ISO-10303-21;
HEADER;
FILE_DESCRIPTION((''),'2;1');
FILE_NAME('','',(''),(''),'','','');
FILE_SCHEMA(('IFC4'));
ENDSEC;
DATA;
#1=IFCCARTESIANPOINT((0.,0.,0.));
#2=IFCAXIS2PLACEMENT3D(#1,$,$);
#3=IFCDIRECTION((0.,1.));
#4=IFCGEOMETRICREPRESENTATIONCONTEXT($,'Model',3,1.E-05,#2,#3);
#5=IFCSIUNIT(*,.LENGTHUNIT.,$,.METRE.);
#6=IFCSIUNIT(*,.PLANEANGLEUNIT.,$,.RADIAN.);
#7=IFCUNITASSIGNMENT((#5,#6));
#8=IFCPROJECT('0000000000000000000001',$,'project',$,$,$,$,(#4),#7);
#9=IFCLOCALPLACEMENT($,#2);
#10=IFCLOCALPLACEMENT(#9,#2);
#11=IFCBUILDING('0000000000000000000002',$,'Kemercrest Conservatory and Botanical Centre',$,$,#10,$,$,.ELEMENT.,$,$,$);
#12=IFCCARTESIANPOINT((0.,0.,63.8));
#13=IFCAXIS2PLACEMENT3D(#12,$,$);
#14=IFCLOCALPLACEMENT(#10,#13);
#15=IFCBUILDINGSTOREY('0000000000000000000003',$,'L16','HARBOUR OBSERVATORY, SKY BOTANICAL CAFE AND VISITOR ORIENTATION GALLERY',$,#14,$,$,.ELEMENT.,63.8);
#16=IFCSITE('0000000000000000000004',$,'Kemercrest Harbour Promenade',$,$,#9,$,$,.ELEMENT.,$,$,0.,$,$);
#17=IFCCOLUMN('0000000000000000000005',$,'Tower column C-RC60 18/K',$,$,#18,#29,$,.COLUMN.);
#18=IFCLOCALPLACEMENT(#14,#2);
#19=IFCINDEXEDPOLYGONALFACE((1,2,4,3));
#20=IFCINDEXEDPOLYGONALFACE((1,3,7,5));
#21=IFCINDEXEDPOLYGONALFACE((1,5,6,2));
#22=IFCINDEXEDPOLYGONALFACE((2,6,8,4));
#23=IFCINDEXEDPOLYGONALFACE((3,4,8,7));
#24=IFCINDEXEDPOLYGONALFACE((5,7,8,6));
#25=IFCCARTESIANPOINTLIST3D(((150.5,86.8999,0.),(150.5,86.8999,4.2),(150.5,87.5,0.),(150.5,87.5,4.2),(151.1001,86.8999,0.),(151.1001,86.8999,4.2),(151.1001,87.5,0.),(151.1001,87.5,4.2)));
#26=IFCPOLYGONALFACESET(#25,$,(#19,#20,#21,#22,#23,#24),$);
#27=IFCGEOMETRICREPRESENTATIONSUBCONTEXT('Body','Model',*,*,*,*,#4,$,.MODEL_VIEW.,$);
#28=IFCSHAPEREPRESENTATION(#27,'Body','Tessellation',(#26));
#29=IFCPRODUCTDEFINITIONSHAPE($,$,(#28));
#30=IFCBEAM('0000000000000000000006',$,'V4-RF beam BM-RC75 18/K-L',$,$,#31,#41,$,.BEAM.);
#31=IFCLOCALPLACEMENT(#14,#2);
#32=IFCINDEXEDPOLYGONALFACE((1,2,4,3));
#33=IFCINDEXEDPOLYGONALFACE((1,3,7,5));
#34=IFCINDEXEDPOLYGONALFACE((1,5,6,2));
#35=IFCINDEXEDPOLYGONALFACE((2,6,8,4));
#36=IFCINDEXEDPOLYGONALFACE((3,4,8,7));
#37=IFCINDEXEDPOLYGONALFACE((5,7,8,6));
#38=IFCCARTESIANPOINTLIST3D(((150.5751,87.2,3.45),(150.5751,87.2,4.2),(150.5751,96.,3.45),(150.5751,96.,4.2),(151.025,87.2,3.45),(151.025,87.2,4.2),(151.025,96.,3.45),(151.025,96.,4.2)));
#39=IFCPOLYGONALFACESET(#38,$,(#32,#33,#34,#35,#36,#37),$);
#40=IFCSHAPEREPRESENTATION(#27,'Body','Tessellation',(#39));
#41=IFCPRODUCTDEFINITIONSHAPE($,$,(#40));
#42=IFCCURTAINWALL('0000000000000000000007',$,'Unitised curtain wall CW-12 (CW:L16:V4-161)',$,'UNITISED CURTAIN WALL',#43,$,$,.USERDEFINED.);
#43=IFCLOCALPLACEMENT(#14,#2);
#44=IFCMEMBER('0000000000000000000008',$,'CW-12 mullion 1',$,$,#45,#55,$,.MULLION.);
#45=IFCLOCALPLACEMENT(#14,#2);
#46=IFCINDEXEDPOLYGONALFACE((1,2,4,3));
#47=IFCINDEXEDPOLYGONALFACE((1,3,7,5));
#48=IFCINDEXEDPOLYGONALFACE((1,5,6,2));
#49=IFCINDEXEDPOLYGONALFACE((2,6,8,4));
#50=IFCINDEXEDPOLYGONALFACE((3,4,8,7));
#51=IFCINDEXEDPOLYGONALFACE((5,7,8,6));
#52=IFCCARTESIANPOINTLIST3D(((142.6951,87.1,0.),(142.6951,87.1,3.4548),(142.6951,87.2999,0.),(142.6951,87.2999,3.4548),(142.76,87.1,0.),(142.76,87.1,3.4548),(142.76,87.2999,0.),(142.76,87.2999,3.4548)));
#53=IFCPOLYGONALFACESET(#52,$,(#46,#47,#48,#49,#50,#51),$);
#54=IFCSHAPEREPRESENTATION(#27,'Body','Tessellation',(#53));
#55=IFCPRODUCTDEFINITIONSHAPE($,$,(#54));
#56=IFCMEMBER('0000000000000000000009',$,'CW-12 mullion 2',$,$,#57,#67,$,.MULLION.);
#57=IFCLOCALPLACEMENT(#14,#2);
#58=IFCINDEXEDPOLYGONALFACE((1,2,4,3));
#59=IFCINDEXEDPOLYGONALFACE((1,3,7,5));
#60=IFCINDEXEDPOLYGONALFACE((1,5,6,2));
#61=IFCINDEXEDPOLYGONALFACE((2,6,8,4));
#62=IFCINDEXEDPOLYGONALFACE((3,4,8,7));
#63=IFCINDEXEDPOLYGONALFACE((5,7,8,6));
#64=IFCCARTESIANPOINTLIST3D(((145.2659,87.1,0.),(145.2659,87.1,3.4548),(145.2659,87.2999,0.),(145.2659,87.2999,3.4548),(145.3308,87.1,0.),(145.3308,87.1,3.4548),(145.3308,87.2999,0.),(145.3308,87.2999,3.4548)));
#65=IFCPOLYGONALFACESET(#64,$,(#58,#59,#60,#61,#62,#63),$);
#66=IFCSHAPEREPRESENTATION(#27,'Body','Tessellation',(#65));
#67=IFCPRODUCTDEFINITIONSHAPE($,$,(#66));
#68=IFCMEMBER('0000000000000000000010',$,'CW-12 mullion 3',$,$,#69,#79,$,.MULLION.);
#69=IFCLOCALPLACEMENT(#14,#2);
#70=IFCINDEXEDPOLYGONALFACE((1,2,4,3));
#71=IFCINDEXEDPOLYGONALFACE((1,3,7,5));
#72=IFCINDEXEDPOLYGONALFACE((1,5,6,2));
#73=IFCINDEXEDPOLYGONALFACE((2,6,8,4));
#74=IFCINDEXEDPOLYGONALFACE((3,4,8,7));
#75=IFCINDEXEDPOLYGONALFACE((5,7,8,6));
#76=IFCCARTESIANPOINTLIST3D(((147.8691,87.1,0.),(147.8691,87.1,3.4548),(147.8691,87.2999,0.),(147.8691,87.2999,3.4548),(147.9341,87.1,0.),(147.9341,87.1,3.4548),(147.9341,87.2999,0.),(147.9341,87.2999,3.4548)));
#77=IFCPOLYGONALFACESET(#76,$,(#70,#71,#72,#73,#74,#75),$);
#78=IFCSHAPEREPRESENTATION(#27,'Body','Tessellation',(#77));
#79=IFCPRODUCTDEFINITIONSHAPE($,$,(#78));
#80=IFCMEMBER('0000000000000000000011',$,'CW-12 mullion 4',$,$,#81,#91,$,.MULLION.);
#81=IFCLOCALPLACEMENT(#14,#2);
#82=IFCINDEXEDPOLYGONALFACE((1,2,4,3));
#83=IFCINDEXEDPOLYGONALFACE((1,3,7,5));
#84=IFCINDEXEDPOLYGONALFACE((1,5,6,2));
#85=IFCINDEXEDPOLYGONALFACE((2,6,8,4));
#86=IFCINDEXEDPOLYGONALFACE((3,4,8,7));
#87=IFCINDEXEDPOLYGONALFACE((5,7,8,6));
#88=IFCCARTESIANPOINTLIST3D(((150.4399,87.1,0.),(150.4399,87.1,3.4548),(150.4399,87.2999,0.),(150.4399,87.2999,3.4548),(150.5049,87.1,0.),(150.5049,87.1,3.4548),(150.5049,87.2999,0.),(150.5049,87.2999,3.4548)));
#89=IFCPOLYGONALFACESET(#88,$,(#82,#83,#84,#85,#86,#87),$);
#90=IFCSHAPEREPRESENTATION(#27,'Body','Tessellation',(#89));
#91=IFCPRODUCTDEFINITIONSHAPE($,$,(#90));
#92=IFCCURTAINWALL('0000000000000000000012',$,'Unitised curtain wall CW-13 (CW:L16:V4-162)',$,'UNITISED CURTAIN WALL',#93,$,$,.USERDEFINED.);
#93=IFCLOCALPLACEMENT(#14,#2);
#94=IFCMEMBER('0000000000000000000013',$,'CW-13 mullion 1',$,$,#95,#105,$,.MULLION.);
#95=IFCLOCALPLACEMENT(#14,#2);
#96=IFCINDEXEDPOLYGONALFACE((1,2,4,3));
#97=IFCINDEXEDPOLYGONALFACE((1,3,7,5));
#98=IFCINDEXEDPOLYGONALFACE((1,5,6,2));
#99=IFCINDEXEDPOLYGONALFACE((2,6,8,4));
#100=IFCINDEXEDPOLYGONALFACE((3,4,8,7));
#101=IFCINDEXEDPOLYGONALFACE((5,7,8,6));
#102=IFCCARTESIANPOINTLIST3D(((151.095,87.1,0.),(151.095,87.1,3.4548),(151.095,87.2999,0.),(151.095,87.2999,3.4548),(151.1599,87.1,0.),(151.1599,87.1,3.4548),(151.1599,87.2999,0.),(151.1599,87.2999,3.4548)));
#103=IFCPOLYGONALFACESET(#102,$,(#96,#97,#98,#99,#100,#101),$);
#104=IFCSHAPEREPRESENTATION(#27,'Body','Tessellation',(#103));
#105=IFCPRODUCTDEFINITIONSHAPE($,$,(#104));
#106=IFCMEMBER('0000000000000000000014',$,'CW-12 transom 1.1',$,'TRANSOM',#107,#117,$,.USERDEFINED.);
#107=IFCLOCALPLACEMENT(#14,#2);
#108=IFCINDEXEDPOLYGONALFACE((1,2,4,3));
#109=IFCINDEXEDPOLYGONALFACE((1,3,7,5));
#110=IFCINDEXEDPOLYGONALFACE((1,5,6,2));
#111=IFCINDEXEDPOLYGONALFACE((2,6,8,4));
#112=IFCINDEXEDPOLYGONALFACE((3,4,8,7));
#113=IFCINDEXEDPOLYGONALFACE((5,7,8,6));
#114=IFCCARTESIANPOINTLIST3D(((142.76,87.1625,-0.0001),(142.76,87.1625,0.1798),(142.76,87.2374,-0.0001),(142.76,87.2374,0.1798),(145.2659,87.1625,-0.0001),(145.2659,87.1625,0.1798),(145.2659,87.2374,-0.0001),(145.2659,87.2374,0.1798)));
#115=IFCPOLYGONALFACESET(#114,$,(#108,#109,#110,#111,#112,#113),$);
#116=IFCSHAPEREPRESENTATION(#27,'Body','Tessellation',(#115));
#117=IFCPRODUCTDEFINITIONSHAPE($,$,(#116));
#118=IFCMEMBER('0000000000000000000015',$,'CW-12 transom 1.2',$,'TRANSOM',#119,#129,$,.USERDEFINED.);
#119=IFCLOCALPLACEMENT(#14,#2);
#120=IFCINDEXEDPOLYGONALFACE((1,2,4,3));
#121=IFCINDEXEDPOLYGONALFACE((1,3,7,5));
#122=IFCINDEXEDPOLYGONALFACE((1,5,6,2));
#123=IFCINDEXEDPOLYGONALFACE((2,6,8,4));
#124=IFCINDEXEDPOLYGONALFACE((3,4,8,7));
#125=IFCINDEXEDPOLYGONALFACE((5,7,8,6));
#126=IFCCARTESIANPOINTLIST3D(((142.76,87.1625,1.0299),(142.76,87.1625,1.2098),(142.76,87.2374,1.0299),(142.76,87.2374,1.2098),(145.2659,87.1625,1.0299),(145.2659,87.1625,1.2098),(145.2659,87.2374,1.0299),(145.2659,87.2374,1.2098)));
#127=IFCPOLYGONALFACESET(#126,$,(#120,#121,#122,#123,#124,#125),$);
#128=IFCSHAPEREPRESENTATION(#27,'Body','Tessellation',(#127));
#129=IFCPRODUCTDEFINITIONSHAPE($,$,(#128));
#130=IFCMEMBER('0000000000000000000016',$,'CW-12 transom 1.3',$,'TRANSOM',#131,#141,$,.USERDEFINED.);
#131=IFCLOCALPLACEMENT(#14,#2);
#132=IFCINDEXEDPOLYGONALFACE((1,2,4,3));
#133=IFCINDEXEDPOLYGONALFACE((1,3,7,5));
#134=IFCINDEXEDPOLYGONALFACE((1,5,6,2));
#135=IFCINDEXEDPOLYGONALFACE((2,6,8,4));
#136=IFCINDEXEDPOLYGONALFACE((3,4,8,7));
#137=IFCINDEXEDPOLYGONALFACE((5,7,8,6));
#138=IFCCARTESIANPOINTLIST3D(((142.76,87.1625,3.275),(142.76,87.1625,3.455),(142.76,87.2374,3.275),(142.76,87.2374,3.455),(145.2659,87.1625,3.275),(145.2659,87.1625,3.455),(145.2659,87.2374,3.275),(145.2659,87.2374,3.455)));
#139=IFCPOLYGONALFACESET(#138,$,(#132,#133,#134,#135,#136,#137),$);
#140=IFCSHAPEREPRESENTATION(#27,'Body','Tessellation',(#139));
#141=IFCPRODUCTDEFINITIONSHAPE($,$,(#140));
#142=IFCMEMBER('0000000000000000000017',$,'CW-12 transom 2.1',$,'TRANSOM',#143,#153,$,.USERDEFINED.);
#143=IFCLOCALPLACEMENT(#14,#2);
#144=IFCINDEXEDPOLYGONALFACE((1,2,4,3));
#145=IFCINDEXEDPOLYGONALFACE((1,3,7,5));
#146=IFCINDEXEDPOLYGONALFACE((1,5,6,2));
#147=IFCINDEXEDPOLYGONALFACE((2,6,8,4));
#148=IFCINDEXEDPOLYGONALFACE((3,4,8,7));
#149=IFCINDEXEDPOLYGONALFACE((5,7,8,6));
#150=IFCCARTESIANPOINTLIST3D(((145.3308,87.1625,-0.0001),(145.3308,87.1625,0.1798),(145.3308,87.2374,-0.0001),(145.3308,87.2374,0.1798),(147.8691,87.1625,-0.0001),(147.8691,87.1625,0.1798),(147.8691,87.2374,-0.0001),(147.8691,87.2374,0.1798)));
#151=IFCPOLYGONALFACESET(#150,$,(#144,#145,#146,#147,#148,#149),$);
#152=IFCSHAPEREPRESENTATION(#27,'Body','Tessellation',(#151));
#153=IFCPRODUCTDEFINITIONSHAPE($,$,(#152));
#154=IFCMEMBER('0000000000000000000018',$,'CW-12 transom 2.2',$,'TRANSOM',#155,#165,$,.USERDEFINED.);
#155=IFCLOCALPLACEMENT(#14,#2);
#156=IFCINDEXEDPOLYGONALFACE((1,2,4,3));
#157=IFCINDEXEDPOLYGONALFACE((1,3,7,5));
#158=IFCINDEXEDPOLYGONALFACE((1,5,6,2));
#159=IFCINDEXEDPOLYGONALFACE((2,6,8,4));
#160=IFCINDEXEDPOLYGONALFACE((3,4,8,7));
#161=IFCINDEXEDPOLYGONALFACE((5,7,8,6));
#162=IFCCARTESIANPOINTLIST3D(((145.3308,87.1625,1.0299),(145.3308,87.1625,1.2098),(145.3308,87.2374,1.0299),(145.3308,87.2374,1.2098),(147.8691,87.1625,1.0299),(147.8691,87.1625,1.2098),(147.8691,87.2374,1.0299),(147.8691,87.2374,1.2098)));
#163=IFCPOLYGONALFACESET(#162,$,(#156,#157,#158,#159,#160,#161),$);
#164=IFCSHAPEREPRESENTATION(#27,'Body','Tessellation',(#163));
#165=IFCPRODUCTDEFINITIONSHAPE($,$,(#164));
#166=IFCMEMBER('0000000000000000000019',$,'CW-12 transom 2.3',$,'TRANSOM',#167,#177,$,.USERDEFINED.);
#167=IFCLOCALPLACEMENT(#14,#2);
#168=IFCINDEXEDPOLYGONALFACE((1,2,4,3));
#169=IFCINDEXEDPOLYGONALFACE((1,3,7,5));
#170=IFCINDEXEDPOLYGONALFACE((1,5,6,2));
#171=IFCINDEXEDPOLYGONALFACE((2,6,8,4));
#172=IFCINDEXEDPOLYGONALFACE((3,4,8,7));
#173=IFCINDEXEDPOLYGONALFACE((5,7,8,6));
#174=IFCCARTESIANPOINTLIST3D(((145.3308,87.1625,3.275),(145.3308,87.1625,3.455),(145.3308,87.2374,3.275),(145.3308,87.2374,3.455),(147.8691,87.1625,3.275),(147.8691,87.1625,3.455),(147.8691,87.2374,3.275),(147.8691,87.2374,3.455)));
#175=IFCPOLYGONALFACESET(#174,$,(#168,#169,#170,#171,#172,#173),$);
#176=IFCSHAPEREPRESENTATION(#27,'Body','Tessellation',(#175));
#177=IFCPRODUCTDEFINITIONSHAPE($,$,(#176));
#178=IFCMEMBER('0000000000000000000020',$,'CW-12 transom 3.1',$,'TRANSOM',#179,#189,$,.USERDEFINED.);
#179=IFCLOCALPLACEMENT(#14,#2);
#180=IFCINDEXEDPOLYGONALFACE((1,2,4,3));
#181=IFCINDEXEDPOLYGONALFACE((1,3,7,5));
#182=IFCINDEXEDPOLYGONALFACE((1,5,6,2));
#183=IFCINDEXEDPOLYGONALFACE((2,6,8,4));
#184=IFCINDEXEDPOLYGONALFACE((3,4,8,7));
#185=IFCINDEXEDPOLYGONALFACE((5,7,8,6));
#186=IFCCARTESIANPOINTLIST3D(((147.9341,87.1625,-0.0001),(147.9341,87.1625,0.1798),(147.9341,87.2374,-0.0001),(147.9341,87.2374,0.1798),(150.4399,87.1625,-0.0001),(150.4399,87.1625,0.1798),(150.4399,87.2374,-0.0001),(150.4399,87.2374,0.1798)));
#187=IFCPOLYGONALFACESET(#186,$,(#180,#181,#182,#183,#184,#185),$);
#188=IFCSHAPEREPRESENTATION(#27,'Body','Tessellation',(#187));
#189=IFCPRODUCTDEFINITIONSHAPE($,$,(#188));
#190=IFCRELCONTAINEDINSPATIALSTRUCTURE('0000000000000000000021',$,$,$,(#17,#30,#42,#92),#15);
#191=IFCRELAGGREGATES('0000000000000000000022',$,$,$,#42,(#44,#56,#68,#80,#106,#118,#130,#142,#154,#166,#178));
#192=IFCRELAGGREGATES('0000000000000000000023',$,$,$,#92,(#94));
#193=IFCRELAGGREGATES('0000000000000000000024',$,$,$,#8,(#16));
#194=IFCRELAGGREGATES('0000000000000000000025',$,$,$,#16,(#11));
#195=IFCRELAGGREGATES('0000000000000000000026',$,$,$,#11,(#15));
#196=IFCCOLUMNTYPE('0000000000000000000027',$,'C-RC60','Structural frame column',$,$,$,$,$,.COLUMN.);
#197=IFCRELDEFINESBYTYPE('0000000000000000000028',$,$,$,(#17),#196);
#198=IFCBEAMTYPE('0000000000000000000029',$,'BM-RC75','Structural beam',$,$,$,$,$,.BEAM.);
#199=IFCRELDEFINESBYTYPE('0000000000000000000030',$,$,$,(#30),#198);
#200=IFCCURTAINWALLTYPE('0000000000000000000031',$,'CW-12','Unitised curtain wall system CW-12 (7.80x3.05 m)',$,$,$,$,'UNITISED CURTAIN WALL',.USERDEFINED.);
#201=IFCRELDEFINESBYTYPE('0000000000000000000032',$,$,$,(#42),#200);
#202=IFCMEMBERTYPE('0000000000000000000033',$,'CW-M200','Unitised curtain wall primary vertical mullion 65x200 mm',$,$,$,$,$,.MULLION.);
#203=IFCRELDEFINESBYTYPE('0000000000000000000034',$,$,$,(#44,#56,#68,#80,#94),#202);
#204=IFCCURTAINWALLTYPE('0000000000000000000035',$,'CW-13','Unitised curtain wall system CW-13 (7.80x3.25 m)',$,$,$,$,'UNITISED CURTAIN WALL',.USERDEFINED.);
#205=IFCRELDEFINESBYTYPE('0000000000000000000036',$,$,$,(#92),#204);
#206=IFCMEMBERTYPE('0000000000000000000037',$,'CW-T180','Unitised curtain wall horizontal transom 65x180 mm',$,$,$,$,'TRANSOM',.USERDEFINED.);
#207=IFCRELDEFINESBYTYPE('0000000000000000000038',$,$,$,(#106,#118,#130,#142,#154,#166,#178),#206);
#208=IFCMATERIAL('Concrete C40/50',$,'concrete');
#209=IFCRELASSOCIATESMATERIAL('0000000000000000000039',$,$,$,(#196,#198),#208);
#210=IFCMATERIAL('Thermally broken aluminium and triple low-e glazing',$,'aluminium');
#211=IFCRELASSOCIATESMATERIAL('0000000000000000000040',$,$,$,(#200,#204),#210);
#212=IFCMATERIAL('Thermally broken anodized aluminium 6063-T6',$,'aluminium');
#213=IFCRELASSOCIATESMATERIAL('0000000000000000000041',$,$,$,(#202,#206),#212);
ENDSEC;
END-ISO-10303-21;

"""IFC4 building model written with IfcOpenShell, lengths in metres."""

from ifc_helpers import new_model, si_unit, direction, frame, origin, origin_2d, place, context, subcontext, project, spatial, rectangle, extrude, material, material_profile, profile_set, type_object, element, aggregate, save


model = new_model("IFC4")

# Units and contexts
model_context = context("Model", 3, precision=1e-05, world=origin(), true_north=direction((0.0, 1.0)))
body_context = subcontext(model_context, "Body", "Model", "MODEL_VIEW")
ifc_project = project(units=[si_unit("LENGTHUNIT", "METRE"), si_unit("PLANEANGLEUNIT", "RADIAN")], contexts=[model_context])

# Site, building, storey
site_placement = place(None, origin())
site = spatial("IfcSite", under=ifc_project, at=site_placement, Name="Kemercrest Harbour Promenade", CompositionType="ELEMENT", RefElevation=0.0)
building_placement = place(site_placement, origin())
building = spatial("IfcBuilding", under=site, at=building_placement, Name="Kemercrest Conservatory and Botanical Centre", CompositionType="ELEMENT")
storey_placement = place(building_placement, frame((0.0, 0.0, 63.8)))
storey = spatial("IfcBuildingStorey", under=building, at=storey_placement, Name="L16", Description="HARBOUR OBSERVATORY, SKY BOTANICAL CAFE AND VISITOR ORIENTATION GALLERY", CompositionType="ELEMENT", Elevation=63.8)

# Column
ifc_material_1 = material(Name="Concrete C40/50", Category="concrete")
ifc_material_profile_1 = material_profile(ifc_material_1, rectangle(XDim=0.6001, YDim=0.6001, at=origin_2d()), Name="RC 600x600")
ifc_profile_set_1 = profile_set([ifc_material_profile_1], Name="Concrete C40/50")
column_type = type_object("IfcColumnType", Name="C-RC60", Description="Structural frame column", PredefinedType="COLUMN", material=ifc_profile_set_1)
column_placement = place(storey_placement, frame((150.8, 87.2, 0.0), z_axis=(0.0, 0.0, 1.0), x_axis=(1.0, 0.0, 0.0)))
element("IfcColumn", 1, at=column_placement, inside=storey, type_object=column_type, Name="Tower column C-RC60 18/K", PredefinedType="COLUMN", context=body_context, shape_type="SweptSolid", body=[
    extrude(rectangle(XDim=0.6001, YDim=0.6001, at=origin_2d()), origin(), (0.0, 0.0, 1.0), 4.2),
])

# Beam
ifc_material_profile_2 = material_profile(ifc_material_1, rectangle(XDim=0.45, YDim=0.75, at=origin_2d()), Name="RC 450x750")
ifc_profile_set_2 = profile_set([ifc_material_profile_2], Name="Concrete C40/50")
beam_type_1 = type_object("IfcBeamType", Name="BM-RC75", Description="Structural beam", PredefinedType="BEAM", material=ifc_profile_set_2)
beam_1_placement = place(storey_placement, frame((150.8, 87.2, 3.825), z_axis=(0.0, 1.0, 0.0), x_axis=(-1.0, 0.0, 0.0)))
element("IfcBeam", 2, at=beam_1_placement, inside=storey, type_object=beam_type_1, Name="V4-RF beam BM-RC75 18/K-L", PredefinedType="BEAM", context=body_context, shape_type="SweptSolid", body=[
    extrude(rectangle(XDim=0.45, YDim=0.75, at=origin_2d()), origin(), (0.0, 0.0, 1.0), 8.8),
])

# Curtain wall, members
ifc_material_2 = material(Name="Thermally broken aluminium and triple low-e glazing", Category="aluminium")
curtain_wall_type_1 = type_object("IfcCurtainWallType", Name="CW-12", Description="Unitised curtain wall system CW-12 (7.80x3.05 m)", ElementType="UNITISED CURTAIN WALL", PredefinedType="USERDEFINED", material=ifc_material_2)
curtain_wall_1_placement = place(storey_placement, origin())
curtain_wall_1 = element("IfcCurtainWall", 3, at=curtain_wall_1_placement, inside=storey, type_object=curtain_wall_type_1, Name="Unitised curtain wall CW-12 (CW:L16:V4-161)", ObjectType="UNITISED CURTAIN WALL", PredefinedType="USERDEFINED")
ifc_material_3 = material(Name="Thermally broken anodized aluminium 6063-T6", Category="aluminium")
ifc_material_profile_3 = material_profile(ifc_material_3, rectangle(XDim=0.2, YDim=0.0649, at=origin_2d()), Name="AL MULLION 65x200")
ifc_profile_set_3 = profile_set([ifc_material_profile_3], Name="Thermally broken anodized aluminium 6063-T6")
member_type_1 = type_object("IfcMemberType", Name="CW-M200", Description="Unitised curtain wall primary vertical mullion 65x200 mm", PredefinedType="MULLION", material=ifc_profile_set_3)
member_1_placement = place(storey_placement, frame((142.7275, 87.2, 0.0), z_axis=(0.0, 0.0, 1.0), x_axis=(0.0, 1.0, 0.0)))
member_1 = element("IfcMember", 4, at=member_1_placement, type_object=member_type_1, Name="CW-12 mullion 1", PredefinedType="MULLION", context=body_context, shape_type="SweptSolid", body=[
    extrude(rectangle(XDim=0.2, YDim=0.0649, at=origin_2d()), origin(), (0.0, 0.0, 1.0), 3.4548),
])
member_2_placement = place(storey_placement, frame((145.2983, 87.2, 0.0), z_axis=(0.0, 0.0, 1.0), x_axis=(0.0, 1.0, 0.0)))
member_2 = element("IfcMember", 5, at=member_2_placement, type_object=member_type_1, Name="CW-12 mullion 2", PredefinedType="MULLION", context=body_context, shape_type="SweptSolid", body=[
    extrude(rectangle(XDim=0.2, YDim=0.0649, at=origin_2d()), origin(), (0.0, 0.0, 1.0), 3.4548),
])
member_3_placement = place(storey_placement, frame((147.9016, 87.2, 0.0), z_axis=(0.0, 0.0, 1.0), x_axis=(0.0, 1.0, 0.0)))
member_3 = element("IfcMember", 6, at=member_3_placement, type_object=member_type_1, Name="CW-12 mullion 3", PredefinedType="MULLION", context=body_context, shape_type="SweptSolid", body=[
    extrude(rectangle(XDim=0.2, YDim=0.0649, at=origin_2d()), origin(), (0.0, 0.0, 1.0), 3.4548),
])
member_4_placement = place(storey_placement, frame((150.4724, 87.2, 0.0), z_axis=(0.0, 0.0, 1.0), x_axis=(0.0, 1.0, 0.0)))
member_4 = element("IfcMember", 7, at=member_4_placement, type_object=member_type_1, Name="CW-12 mullion 4", PredefinedType="MULLION", context=body_context, shape_type="SweptSolid", body=[
    extrude(rectangle(XDim=0.2, YDim=0.0649, at=origin_2d()), origin(), (0.0, 0.0, 1.0), 3.4548),
])

# Curtain wall, member
curtain_wall_type_2 = type_object("IfcCurtainWallType", Name="CW-13", Description="Unitised curtain wall system CW-13 (7.80x3.25 m)", ElementType="UNITISED CURTAIN WALL", PredefinedType="USERDEFINED", material=ifc_material_2)
curtain_wall_2_placement = place(storey_placement, origin())
curtain_wall_2 = element("IfcCurtainWall", 8, at=curtain_wall_2_placement, inside=storey, type_object=curtain_wall_type_2, Name="Unitised curtain wall CW-13 (CW:L16:V4-162)", ObjectType="UNITISED CURTAIN WALL", PredefinedType="USERDEFINED")
member_5_placement = place(storey_placement, frame((151.1274, 87.2, 0.0), z_axis=(0.0, 0.0, 1.0), x_axis=(0.0, 1.0, 0.0)))
member_5 = element("IfcMember", 9, at=member_5_placement, type_object=member_type_1, Name="CW-13 mullion 1", PredefinedType="MULLION", context=body_context, shape_type="SweptSolid", body=[
    extrude(rectangle(XDim=0.2, YDim=0.0649, at=origin_2d()), origin(), (0.0, 0.0, 1.0), 3.4548),
])

# Members
ifc_material_profile_4 = material_profile(ifc_material_3, rectangle(XDim=0.075, YDim=0.1799, at=origin_2d()), Name="AL TRANSOM 75x180")
ifc_profile_set_4 = profile_set([ifc_material_profile_4], Name="Thermally broken anodized aluminium 6063-T6")
member_type_2 = type_object("IfcMemberType", Name="CW-T180", Description="Unitised curtain wall horizontal transom 65x180 mm", ElementType="TRANSOM", PredefinedType="USERDEFINED", material=ifc_profile_set_4)
member_6_placement = place(storey_placement, frame((142.76, 87.2, 0.0898), z_axis=(1.0, 0.0, 0.0), x_axis=(0.0, 1.0, 0.0)))
member_6 = element("IfcMember", 10, at=member_6_placement, type_object=member_type_2, Name="CW-12 transom 1.1", ObjectType="TRANSOM", PredefinedType="USERDEFINED", context=body_context, shape_type="SweptSolid", body=[
    extrude(rectangle(XDim=0.075, YDim=0.1799, at=origin_2d()), origin(), (0.0, 0.0, 1.0), 2.5059),
])
member_7_placement = place(storey_placement, frame((142.76, 87.2, 1.1199), z_axis=(1.0, 0.0, 0.0), x_axis=(0.0, 1.0, 0.0)))
member_7 = element("IfcMember", 11, at=member_7_placement, type_object=member_type_2, Name="CW-12 transom 1.2", ObjectType="TRANSOM", PredefinedType="USERDEFINED", context=body_context, shape_type="SweptSolid", body=[
    extrude(rectangle(XDim=0.075, YDim=0.1799, at=origin_2d()), origin(), (0.0, 0.0, 1.0), 2.5059),
])
member_8_placement = place(storey_placement, frame((142.76, 87.2, 3.365), z_axis=(1.0, 0.0, 0.0), x_axis=(0.0, 1.0, 0.0)))
member_8 = element("IfcMember", 12, at=member_8_placement, type_object=member_type_2, Name="CW-12 transom 1.3", ObjectType="TRANSOM", PredefinedType="USERDEFINED", context=body_context, shape_type="SweptSolid", body=[
    extrude(rectangle(XDim=0.075, YDim=0.1799, at=origin_2d()), origin(), (0.0, 0.0, 1.0), 2.5059),
])
member_9_placement = place(storey_placement, frame((145.3308, 87.2, 0.0898), z_axis=(1.0, 0.0, 0.0), x_axis=(0.0, 1.0, 0.0)))
member_9 = element("IfcMember", 13, at=member_9_placement, type_object=member_type_2, Name="CW-12 transom 2.1", ObjectType="TRANSOM", PredefinedType="USERDEFINED", context=body_context, shape_type="SweptSolid", body=[
    extrude(rectangle(XDim=0.075, YDim=0.1799, at=origin_2d()), origin(), (0.0, 0.0, 1.0), 2.5383),
])
member_10_placement = place(storey_placement, frame((145.3308, 87.2, 1.1199), z_axis=(1.0, 0.0, 0.0), x_axis=(0.0, 1.0, 0.0)))
member_10 = element("IfcMember", 14, at=member_10_placement, type_object=member_type_2, Name="CW-12 transom 2.2", ObjectType="TRANSOM", PredefinedType="USERDEFINED", context=body_context, shape_type="SweptSolid", body=[
    extrude(rectangle(XDim=0.075, YDim=0.1799, at=origin_2d()), origin(), (0.0, 0.0, 1.0), 2.5383),
])
member_11_placement = place(storey_placement, frame((145.3308, 87.2, 3.365), z_axis=(1.0, 0.0, 0.0), x_axis=(0.0, 1.0, 0.0)))
member_11 = element("IfcMember", 15, at=member_11_placement, type_object=member_type_2, Name="CW-12 transom 2.3", ObjectType="TRANSOM", PredefinedType="USERDEFINED", context=body_context, shape_type="SweptSolid", body=[
    extrude(rectangle(XDim=0.075, YDim=0.1799, at=origin_2d()), origin(), (0.0, 0.0, 1.0), 2.5383),
])
member_12_placement = place(storey_placement, frame((147.9341, 87.2, 0.0898), z_axis=(1.0, 0.0, 0.0), x_axis=(0.0, 1.0, 0.0)))
member_12 = element("IfcMember", 16, at=member_12_placement, type_object=member_type_2, Name="CW-12 transom 3.1", ObjectType="TRANSOM", PredefinedType="USERDEFINED", context=body_context, shape_type="SweptSolid", body=[
    extrude(rectangle(XDim=0.075, YDim=0.1799, at=origin_2d()), origin(), (0.0, 0.0, 1.0), 2.5059),
])

aggregate(curtain_wall_1, [member_1, member_2, member_3, member_4, member_6, member_7, member_8, member_9, member_10, member_11, member_12])
aggregate(curtain_wall_2, [member_5])

save(model, "model.ifc")
